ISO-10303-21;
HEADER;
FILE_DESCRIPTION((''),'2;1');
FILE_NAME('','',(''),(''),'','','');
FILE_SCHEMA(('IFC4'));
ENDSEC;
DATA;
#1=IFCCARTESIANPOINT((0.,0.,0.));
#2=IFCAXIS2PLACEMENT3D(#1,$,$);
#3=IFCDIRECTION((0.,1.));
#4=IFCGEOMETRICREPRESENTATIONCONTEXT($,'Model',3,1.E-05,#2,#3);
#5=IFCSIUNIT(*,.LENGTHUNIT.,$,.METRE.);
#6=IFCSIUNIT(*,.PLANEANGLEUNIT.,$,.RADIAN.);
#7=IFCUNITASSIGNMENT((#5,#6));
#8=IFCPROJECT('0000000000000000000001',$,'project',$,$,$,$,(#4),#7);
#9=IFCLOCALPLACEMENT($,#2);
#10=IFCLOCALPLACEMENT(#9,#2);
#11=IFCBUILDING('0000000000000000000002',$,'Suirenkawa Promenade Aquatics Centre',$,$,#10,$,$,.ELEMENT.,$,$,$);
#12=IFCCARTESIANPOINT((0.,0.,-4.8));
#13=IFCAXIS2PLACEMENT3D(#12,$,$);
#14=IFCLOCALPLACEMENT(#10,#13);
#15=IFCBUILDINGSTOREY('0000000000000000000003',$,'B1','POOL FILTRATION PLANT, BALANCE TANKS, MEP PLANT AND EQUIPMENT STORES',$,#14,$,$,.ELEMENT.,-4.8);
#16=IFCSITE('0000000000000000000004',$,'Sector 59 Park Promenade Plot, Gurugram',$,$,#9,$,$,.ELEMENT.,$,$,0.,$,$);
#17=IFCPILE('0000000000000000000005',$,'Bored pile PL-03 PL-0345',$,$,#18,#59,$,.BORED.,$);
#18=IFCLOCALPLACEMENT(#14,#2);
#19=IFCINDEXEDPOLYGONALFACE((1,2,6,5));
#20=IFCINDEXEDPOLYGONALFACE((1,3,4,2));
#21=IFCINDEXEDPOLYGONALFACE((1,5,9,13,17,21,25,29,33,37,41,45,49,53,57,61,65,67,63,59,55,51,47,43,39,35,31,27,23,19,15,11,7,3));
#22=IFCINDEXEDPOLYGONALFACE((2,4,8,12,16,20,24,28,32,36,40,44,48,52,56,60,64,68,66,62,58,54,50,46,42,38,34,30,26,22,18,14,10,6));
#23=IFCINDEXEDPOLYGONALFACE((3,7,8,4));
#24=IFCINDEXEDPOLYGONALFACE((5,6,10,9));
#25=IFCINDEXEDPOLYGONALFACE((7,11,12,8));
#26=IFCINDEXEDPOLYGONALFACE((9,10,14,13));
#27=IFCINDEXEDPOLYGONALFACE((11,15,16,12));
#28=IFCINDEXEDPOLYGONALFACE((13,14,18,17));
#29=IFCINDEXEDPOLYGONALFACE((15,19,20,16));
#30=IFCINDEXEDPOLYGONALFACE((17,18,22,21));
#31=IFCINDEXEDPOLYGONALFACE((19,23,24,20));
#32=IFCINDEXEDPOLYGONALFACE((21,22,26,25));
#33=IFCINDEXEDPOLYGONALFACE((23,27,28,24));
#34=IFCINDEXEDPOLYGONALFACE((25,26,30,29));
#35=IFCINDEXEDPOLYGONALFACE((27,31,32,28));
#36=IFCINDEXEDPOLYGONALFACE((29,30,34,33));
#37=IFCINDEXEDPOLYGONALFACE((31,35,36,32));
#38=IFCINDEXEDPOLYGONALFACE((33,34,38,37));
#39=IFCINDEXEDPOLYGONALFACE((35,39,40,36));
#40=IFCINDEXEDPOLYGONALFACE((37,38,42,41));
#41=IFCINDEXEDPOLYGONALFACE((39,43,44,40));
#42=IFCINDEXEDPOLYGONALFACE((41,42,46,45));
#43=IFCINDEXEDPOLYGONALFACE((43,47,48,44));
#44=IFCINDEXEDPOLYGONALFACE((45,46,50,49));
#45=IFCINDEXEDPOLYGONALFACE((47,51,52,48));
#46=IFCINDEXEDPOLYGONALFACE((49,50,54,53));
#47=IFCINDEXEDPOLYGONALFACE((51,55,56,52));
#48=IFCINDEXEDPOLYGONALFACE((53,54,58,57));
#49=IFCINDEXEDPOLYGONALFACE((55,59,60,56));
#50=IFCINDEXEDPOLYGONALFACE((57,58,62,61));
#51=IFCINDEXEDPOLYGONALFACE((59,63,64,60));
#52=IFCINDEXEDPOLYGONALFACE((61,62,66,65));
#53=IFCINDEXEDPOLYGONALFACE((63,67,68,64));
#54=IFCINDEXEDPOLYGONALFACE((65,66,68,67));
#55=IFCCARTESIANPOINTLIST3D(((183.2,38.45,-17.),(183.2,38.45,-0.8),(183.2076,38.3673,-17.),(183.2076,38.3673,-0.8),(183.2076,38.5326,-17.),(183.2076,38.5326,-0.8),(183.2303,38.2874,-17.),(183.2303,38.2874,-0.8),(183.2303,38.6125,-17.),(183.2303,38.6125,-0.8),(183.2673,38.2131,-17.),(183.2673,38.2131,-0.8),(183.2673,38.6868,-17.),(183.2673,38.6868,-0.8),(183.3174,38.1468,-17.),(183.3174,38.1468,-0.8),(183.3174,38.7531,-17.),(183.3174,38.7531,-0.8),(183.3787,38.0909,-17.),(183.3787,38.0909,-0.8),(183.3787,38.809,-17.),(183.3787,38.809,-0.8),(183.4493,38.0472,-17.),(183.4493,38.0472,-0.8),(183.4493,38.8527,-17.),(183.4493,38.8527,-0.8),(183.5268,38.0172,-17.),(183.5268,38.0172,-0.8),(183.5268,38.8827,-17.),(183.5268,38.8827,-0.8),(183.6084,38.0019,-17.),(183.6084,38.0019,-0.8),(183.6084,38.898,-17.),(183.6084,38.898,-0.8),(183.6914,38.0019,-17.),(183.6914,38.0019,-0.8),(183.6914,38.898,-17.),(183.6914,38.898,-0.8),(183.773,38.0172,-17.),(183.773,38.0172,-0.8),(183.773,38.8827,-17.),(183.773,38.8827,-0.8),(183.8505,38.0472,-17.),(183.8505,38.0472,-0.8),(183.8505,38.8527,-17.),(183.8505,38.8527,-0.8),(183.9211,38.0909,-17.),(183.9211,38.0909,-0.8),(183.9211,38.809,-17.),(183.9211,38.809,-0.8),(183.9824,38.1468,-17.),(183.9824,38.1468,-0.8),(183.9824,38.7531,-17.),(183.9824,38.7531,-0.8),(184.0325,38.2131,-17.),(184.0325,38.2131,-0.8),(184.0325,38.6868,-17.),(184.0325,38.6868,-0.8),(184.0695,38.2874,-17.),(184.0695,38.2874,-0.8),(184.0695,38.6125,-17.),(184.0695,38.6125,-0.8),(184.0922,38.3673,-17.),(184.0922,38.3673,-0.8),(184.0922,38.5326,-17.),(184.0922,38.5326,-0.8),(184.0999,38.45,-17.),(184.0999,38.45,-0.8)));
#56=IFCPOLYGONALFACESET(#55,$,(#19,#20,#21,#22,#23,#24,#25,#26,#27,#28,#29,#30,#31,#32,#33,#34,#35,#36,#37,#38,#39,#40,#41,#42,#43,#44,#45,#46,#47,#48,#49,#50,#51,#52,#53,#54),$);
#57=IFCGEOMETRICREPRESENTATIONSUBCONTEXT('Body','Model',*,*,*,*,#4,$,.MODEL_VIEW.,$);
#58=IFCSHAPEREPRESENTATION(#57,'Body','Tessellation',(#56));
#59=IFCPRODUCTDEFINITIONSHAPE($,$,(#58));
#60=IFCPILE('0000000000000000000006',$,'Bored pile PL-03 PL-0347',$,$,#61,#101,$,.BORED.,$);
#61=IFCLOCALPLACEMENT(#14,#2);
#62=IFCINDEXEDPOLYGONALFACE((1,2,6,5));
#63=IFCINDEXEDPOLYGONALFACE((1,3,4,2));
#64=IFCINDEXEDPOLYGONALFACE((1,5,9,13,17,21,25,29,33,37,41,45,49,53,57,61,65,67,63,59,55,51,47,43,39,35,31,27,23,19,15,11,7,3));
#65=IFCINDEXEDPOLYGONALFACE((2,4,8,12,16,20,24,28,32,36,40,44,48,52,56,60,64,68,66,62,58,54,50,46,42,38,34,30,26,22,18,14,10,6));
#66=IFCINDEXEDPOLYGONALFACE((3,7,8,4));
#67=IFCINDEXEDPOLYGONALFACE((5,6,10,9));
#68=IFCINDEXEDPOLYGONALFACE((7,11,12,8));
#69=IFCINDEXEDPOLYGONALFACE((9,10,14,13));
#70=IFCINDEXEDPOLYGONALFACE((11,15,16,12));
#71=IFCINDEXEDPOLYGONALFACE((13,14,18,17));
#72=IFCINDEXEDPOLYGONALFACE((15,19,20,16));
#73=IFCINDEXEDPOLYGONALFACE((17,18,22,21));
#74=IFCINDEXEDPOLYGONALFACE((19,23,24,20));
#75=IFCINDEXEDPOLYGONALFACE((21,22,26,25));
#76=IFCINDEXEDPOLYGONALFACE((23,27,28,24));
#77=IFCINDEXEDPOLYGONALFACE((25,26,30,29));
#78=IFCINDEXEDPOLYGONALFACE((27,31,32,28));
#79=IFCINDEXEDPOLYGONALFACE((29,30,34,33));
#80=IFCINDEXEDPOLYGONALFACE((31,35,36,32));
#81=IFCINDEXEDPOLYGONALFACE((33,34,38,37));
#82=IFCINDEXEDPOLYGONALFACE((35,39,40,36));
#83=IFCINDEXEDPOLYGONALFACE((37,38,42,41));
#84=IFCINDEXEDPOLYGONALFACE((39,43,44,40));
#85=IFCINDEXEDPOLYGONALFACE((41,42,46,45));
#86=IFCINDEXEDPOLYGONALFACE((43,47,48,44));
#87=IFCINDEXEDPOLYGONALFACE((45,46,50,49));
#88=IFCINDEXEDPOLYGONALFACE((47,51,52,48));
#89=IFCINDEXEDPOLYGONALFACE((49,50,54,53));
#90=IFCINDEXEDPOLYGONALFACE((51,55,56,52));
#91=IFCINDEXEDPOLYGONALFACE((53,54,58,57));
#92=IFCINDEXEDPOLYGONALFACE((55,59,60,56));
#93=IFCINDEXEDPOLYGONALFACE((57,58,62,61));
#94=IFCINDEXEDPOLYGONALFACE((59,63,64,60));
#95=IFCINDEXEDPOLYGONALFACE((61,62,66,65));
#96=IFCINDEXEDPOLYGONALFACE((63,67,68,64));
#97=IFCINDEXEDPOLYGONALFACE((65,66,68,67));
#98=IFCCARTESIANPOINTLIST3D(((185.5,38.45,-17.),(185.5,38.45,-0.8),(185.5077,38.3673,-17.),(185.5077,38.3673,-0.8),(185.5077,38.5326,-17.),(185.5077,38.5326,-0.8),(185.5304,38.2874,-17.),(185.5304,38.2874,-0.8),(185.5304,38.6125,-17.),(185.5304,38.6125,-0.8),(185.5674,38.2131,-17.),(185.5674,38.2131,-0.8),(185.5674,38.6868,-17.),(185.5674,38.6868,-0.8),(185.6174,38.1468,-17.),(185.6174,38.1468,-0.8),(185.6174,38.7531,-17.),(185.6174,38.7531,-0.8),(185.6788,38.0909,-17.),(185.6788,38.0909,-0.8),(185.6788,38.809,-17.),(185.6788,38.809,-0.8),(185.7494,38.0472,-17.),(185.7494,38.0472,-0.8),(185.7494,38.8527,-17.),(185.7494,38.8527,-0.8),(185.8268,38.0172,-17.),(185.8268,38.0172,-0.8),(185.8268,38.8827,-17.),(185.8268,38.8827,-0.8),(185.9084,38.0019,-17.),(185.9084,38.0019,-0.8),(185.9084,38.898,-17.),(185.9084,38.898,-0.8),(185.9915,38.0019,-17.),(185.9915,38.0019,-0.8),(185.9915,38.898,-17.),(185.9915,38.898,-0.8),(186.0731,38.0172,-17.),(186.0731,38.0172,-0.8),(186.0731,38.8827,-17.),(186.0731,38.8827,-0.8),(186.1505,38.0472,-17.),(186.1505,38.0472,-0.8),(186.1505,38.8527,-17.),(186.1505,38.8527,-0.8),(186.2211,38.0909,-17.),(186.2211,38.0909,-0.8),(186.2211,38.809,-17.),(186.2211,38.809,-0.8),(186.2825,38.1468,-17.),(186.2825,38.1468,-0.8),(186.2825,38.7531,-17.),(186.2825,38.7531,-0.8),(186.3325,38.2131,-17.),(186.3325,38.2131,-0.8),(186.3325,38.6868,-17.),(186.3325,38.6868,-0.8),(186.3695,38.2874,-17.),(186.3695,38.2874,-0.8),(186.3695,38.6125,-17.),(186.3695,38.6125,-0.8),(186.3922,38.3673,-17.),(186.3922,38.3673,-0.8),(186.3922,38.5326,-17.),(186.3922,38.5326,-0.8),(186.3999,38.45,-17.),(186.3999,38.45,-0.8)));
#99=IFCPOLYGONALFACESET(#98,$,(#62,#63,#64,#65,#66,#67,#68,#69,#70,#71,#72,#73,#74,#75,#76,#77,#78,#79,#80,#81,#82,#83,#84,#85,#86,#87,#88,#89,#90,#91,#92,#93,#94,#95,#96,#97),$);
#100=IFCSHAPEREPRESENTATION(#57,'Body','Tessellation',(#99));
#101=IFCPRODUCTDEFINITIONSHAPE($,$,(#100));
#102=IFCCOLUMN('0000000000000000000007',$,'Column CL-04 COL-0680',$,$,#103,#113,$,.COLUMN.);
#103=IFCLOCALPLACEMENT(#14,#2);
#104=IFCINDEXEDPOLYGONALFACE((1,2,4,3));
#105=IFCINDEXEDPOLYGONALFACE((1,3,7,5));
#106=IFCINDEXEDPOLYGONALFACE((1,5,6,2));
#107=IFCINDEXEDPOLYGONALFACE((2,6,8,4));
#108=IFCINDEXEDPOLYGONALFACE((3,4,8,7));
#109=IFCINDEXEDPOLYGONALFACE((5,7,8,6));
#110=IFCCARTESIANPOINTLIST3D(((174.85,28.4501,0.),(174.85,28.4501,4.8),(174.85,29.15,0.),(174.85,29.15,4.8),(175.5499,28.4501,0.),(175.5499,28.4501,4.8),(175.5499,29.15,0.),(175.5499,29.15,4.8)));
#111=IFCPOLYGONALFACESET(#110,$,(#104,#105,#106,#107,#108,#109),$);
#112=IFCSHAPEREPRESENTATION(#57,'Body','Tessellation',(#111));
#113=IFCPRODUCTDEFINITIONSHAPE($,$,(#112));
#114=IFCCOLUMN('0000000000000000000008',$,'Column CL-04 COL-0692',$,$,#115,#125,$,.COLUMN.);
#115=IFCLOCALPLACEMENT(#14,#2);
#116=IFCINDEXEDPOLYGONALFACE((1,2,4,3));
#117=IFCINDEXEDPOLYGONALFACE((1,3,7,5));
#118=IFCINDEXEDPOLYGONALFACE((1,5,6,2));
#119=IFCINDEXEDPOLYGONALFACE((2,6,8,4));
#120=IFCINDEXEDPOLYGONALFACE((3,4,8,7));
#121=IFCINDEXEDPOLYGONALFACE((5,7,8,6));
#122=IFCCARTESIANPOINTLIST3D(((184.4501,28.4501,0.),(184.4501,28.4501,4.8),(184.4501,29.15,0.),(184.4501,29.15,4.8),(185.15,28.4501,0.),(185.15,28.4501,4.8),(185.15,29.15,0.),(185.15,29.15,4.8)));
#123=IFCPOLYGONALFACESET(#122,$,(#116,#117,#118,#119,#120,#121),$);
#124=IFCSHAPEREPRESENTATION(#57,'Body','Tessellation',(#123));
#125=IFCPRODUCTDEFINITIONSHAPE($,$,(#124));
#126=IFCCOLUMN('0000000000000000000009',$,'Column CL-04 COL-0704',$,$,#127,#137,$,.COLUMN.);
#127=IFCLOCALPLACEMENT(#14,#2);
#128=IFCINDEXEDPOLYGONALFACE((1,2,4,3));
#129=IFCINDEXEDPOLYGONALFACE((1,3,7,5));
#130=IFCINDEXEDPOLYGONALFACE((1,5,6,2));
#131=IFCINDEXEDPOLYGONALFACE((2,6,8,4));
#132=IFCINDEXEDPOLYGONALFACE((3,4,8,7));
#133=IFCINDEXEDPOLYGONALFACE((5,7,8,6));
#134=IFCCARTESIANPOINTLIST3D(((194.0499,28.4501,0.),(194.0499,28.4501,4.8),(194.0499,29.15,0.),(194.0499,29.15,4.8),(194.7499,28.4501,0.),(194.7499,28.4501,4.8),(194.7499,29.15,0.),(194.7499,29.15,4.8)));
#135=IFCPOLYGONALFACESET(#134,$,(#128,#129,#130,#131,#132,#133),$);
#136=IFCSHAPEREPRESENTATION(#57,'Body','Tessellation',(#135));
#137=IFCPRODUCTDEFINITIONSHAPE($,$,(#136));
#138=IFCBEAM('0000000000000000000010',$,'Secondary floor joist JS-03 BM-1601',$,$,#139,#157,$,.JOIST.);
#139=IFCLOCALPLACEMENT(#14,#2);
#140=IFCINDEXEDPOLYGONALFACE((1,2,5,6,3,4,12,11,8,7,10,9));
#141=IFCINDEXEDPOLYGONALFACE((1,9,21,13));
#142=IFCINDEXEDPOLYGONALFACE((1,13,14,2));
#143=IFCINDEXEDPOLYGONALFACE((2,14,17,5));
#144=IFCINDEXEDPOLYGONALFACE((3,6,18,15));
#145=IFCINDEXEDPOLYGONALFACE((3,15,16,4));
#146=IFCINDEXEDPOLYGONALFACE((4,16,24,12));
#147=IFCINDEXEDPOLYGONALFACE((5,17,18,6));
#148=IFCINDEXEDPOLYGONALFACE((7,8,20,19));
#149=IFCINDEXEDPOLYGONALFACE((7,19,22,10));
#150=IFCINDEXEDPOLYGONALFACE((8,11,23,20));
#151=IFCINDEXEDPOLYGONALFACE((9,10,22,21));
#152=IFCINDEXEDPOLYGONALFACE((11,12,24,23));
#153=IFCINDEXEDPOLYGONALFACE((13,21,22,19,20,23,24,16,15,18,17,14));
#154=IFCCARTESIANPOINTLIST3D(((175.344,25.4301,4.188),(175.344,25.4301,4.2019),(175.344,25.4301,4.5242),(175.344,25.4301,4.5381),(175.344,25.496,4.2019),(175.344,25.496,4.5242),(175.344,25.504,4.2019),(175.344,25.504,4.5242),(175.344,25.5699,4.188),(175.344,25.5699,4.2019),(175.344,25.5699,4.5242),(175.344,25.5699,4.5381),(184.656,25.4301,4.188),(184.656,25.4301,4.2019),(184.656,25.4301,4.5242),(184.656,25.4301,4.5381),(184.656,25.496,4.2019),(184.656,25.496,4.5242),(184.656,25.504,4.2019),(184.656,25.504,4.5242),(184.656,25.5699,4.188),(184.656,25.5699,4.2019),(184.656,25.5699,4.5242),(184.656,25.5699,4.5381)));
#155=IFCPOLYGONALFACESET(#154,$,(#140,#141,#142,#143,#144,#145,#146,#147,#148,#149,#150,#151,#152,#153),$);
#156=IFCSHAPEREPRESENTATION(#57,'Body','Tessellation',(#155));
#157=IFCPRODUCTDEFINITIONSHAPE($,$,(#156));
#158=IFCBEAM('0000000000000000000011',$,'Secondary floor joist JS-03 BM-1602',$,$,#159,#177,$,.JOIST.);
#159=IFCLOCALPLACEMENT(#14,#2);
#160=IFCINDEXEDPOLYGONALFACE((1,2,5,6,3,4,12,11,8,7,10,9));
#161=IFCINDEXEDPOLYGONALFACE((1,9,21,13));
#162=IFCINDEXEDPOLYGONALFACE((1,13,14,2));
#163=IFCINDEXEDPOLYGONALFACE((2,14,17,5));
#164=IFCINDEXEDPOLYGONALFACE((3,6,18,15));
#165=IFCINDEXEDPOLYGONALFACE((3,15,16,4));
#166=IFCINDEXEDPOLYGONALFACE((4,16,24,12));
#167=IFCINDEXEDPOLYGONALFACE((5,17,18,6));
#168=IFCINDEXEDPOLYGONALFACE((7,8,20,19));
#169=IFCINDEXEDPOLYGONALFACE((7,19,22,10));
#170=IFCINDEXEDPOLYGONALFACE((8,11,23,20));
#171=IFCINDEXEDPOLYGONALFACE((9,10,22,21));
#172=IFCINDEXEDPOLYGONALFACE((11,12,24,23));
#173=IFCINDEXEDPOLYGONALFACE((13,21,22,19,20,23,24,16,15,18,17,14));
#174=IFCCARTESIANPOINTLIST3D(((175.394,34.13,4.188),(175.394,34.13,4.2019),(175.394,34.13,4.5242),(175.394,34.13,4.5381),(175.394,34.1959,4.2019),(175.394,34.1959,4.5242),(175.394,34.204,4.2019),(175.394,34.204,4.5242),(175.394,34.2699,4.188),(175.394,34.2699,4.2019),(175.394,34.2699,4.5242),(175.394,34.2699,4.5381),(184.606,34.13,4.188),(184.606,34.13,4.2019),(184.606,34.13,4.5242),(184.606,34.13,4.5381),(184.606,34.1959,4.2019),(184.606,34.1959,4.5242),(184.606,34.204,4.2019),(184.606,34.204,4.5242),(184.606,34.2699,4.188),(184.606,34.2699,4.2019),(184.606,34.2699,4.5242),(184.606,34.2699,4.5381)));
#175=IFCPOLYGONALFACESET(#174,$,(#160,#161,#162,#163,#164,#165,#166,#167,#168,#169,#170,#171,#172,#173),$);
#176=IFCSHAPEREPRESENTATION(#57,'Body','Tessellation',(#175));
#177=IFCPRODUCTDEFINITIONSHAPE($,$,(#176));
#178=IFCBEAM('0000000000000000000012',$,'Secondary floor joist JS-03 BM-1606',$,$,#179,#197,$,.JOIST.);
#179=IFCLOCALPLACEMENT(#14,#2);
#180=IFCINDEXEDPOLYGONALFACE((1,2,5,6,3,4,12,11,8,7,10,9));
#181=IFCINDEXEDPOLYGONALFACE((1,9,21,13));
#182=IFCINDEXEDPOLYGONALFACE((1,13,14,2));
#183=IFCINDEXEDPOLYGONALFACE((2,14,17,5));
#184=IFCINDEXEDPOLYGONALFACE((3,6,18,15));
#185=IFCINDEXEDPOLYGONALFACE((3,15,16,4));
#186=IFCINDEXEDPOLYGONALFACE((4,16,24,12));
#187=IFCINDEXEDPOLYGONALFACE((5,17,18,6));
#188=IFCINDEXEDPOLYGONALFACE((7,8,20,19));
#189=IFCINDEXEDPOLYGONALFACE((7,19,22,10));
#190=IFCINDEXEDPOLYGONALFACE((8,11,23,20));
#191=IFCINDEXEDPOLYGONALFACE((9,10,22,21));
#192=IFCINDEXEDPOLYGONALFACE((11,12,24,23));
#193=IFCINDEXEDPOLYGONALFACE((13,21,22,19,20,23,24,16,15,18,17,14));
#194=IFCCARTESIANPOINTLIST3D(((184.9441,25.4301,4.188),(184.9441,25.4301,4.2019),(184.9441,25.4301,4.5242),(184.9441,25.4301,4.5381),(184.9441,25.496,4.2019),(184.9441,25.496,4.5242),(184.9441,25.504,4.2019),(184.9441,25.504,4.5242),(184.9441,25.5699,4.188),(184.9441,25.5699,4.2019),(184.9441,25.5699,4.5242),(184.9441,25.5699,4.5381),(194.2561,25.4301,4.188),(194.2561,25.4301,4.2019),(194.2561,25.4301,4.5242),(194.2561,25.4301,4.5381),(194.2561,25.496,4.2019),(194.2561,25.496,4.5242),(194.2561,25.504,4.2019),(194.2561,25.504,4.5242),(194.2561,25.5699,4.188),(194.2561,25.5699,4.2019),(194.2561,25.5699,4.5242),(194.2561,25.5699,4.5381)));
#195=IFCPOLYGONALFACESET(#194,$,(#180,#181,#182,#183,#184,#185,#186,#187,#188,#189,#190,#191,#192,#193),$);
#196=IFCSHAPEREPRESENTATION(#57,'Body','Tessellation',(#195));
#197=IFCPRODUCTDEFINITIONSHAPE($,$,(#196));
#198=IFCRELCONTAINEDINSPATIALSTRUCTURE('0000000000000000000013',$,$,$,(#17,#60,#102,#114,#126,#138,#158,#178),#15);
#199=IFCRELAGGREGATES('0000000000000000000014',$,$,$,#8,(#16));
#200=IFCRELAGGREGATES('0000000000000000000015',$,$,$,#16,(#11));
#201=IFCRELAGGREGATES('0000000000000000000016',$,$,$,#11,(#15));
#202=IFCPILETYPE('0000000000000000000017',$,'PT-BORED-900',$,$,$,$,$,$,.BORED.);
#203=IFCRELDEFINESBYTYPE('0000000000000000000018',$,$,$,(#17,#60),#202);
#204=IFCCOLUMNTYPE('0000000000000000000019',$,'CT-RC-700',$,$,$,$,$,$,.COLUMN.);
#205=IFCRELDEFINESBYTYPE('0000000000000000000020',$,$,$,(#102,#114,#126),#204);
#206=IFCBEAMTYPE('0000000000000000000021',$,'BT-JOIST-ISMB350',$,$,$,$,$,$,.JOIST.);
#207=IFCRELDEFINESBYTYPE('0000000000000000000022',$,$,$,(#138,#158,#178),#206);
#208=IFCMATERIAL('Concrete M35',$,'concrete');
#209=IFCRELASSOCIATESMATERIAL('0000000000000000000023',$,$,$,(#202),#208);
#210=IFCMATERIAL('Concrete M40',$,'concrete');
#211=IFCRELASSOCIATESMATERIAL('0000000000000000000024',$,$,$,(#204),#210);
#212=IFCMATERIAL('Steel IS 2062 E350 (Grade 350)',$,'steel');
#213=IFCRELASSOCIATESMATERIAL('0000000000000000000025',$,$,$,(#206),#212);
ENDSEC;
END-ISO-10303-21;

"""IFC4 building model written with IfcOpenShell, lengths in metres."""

from ifc_helpers import new_model, si_unit, direction, frame, origin, origin_2d, place, context, subcontext, project, spatial, rectangle, circle, i_section, extrude, material, material_profile, profile_set, type_object, element, save


model = new_model("IFC4")

# Units and contexts
model_context = context("Model", 3, precision=1e-05, world=origin(), true_north=direction((0.0, 1.0)))
body_context = subcontext(model_context, "Body", "Model", "MODEL_VIEW")
ifc_project = project(units=[si_unit("LENGTHUNIT", "METRE"), si_unit("PLANEANGLEUNIT", "RADIAN")], contexts=[model_context])

# Site, building, storey
site_placement = place(None, origin())
site = spatial("IfcSite", under=ifc_project, at=site_placement, Name="Sector 59 Park Promenade Plot, Gurugram", CompositionType="ELEMENT", RefElevation=0.0)
building_placement = place(site_placement, origin())
building = spatial("IfcBuilding", under=site, at=building_placement, Name="Suirenkawa Promenade Aquatics Centre", CompositionType="ELEMENT")
storey_placement = place(building_placement, frame((0.0, 0.0, -4.8)))
storey = spatial("IfcBuildingStorey", under=building, at=storey_placement, Name="B1", Description="POOL FILTRATION PLANT, BALANCE TANKS, MEP PLANT AND EQUIPMENT STORES", CompositionType="ELEMENT", Elevation=-4.8)

# Shared definitions
ifc_material_1 = material(Name="Concrete M35", Category="concrete")

# Piles
ifc_material_profile_1 = material_profile(ifc_material_1, circle(Radius=0.45, at=origin_2d()), Name="PILE D900", Category="concrete")
ifc_profile_set_1 = profile_set([ifc_material_profile_1], Name="Concrete M35")
pile_type_1 = type_object("IfcPileType", Name="PT-BORED-900", PredefinedType="BORED", material=ifc_profile_set_1)
for number, where, z_axis, x_axis, name in (
    (1, (183.6499, 38.45, -0.8), (0.0, 0.0, -1.0), (1.0, 0.0, 0.0), "Bored pile PL-03 PL-0345"),
    (2, (185.95, 38.45, -0.8), (0.0, 0.0, -1.0), (1.0, 0.0, 0.0), "Bored pile PL-03 PL-0347"),
):
    element("IfcPile", number, at=place(storey_placement, frame(where, z_axis=z_axis, x_axis=x_axis)), inside=storey, type_object=pile_type_1, Name=name, PredefinedType="BORED", context=body_context, shape_type="SweptSolid", body=[
        extrude(circle(Radius=0.45, at=origin_2d()), origin(), (0.0, 0.0, 1.0), 16.2),
    ])

# Columns
ifc_material_2 = material(Name="Concrete M40", Category="concrete")
ifc_material_profile_2 = material_profile(ifc_material_2, rectangle(XDim=0.7, YDim=0.7, at=origin_2d()), Name="RC COL 700x700", Category="concrete")
ifc_profile_set_2 = profile_set([ifc_material_profile_2], Name="Concrete M40")
column_type = type_object("IfcColumnType", Name="CT-RC-700", PredefinedType="COLUMN", material=ifc_profile_set_2)
for number, where, z_axis, x_axis, name in (
    (3, (175.2, 28.8, 0.0), (0.0, 0.0, 1.0), (1.0, 0.0, 0.0), "Column CL-04 COL-0680"),
    (4, (184.8, 28.8, 0.0), (0.0, 0.0, 1.0), (1.0, 0.0, 0.0), "Column CL-04 COL-0692"),
    (5, (194.3999, 28.8, 0.0), (0.0, 0.0, 1.0), (1.0, 0.0, 0.0), "Column CL-04 COL-0704"),
):
    element("IfcColumn", number, at=place(storey_placement, frame(where, z_axis=z_axis, x_axis=x_axis)), inside=storey, type_object=column_type, Name=name, PredefinedType="COLUMN", context=body_context, shape_type="SweptSolid", body=[
        extrude(rectangle(XDim=0.7, YDim=0.7, at=origin_2d()), origin(), (0.0, 0.0, 1.0), 4.8),
    ])

# Beams
ifc_material_3 = material(Name="Steel IS 2062 E350 (Grade 350)", Category="steel")
ifc_material_profile_3 = material_profile(ifc_material_3, i_section(OverallWidth=0.1399, OverallDepth=0.3501, WebThickness=0.0081, FlangeThickness=0.0139, at=origin_2d()), Name="ISMB 350", Category="steel")
ifc_profile_set_3 = profile_set([ifc_material_profile_3], Name="Steel IS 2062 E350 (Grade 350)")
beam_type_1 = type_object("IfcBeamType", Name="BT-JOIST-ISMB350", PredefinedType="JOIST", material=ifc_profile_set_3)
beam_1_placement = place(storey_placement, frame((175.344, 25.5, 4.363), z_axis=(1.0, 0.0, 0.0), x_axis=(0.0, 1.0, 0.0)))
element("IfcBeam", 6, at=beam_1_placement, inside=storey, type_object=beam_type_1, Name="Secondary floor joist JS-03 BM-1601", PredefinedType="JOIST", context=body_context, shape_type="SweptSolid", body=[
    extrude(i_section(OverallWidth=0.1399, OverallDepth=0.3501, WebThickness=0.0081, FlangeThickness=0.0139, at=origin_2d()), origin(), (0.0, 0.0, 1.0), 9.312),
])
beam_2_placement = place(storey_placement, frame((175.394, 34.2, 4.363), z_axis=(1.0, 0.0, 0.0), x_axis=(0.0, 1.0, 0.0)))
element("IfcBeam", 7, at=beam_2_placement, inside=storey, type_object=beam_type_1, Name="Secondary floor joist JS-03 BM-1602", PredefinedType="JOIST", context=body_context, shape_type="SweptSolid", body=[
    extrude(i_section(OverallWidth=0.1399, OverallDepth=0.3501, WebThickness=0.0081, FlangeThickness=0.0139, at=origin_2d()), origin(), (0.0, 0.0, 1.0), 9.2119),
])
beam_3_placement = place(storey_placement, frame((184.9441, 25.5, 4.363), z_axis=(1.0, 0.0, 0.0), x_axis=(0.0, 1.0, 0.0)))
element("IfcBeam", 8, at=beam_3_placement, inside=storey, type_object=beam_type_1, Name="Secondary floor joist JS-03 BM-1606", PredefinedType="JOIST", context=body_context, shape_type="SweptSolid", body=[
    extrude(i_section(OverallWidth=0.1399, OverallDepth=0.3501, WebThickness=0.0081, FlangeThickness=0.0139, at=origin_2d()), origin(), (0.0, 0.0, 1.0), 9.312),
])

save(model, "model.ifc")
